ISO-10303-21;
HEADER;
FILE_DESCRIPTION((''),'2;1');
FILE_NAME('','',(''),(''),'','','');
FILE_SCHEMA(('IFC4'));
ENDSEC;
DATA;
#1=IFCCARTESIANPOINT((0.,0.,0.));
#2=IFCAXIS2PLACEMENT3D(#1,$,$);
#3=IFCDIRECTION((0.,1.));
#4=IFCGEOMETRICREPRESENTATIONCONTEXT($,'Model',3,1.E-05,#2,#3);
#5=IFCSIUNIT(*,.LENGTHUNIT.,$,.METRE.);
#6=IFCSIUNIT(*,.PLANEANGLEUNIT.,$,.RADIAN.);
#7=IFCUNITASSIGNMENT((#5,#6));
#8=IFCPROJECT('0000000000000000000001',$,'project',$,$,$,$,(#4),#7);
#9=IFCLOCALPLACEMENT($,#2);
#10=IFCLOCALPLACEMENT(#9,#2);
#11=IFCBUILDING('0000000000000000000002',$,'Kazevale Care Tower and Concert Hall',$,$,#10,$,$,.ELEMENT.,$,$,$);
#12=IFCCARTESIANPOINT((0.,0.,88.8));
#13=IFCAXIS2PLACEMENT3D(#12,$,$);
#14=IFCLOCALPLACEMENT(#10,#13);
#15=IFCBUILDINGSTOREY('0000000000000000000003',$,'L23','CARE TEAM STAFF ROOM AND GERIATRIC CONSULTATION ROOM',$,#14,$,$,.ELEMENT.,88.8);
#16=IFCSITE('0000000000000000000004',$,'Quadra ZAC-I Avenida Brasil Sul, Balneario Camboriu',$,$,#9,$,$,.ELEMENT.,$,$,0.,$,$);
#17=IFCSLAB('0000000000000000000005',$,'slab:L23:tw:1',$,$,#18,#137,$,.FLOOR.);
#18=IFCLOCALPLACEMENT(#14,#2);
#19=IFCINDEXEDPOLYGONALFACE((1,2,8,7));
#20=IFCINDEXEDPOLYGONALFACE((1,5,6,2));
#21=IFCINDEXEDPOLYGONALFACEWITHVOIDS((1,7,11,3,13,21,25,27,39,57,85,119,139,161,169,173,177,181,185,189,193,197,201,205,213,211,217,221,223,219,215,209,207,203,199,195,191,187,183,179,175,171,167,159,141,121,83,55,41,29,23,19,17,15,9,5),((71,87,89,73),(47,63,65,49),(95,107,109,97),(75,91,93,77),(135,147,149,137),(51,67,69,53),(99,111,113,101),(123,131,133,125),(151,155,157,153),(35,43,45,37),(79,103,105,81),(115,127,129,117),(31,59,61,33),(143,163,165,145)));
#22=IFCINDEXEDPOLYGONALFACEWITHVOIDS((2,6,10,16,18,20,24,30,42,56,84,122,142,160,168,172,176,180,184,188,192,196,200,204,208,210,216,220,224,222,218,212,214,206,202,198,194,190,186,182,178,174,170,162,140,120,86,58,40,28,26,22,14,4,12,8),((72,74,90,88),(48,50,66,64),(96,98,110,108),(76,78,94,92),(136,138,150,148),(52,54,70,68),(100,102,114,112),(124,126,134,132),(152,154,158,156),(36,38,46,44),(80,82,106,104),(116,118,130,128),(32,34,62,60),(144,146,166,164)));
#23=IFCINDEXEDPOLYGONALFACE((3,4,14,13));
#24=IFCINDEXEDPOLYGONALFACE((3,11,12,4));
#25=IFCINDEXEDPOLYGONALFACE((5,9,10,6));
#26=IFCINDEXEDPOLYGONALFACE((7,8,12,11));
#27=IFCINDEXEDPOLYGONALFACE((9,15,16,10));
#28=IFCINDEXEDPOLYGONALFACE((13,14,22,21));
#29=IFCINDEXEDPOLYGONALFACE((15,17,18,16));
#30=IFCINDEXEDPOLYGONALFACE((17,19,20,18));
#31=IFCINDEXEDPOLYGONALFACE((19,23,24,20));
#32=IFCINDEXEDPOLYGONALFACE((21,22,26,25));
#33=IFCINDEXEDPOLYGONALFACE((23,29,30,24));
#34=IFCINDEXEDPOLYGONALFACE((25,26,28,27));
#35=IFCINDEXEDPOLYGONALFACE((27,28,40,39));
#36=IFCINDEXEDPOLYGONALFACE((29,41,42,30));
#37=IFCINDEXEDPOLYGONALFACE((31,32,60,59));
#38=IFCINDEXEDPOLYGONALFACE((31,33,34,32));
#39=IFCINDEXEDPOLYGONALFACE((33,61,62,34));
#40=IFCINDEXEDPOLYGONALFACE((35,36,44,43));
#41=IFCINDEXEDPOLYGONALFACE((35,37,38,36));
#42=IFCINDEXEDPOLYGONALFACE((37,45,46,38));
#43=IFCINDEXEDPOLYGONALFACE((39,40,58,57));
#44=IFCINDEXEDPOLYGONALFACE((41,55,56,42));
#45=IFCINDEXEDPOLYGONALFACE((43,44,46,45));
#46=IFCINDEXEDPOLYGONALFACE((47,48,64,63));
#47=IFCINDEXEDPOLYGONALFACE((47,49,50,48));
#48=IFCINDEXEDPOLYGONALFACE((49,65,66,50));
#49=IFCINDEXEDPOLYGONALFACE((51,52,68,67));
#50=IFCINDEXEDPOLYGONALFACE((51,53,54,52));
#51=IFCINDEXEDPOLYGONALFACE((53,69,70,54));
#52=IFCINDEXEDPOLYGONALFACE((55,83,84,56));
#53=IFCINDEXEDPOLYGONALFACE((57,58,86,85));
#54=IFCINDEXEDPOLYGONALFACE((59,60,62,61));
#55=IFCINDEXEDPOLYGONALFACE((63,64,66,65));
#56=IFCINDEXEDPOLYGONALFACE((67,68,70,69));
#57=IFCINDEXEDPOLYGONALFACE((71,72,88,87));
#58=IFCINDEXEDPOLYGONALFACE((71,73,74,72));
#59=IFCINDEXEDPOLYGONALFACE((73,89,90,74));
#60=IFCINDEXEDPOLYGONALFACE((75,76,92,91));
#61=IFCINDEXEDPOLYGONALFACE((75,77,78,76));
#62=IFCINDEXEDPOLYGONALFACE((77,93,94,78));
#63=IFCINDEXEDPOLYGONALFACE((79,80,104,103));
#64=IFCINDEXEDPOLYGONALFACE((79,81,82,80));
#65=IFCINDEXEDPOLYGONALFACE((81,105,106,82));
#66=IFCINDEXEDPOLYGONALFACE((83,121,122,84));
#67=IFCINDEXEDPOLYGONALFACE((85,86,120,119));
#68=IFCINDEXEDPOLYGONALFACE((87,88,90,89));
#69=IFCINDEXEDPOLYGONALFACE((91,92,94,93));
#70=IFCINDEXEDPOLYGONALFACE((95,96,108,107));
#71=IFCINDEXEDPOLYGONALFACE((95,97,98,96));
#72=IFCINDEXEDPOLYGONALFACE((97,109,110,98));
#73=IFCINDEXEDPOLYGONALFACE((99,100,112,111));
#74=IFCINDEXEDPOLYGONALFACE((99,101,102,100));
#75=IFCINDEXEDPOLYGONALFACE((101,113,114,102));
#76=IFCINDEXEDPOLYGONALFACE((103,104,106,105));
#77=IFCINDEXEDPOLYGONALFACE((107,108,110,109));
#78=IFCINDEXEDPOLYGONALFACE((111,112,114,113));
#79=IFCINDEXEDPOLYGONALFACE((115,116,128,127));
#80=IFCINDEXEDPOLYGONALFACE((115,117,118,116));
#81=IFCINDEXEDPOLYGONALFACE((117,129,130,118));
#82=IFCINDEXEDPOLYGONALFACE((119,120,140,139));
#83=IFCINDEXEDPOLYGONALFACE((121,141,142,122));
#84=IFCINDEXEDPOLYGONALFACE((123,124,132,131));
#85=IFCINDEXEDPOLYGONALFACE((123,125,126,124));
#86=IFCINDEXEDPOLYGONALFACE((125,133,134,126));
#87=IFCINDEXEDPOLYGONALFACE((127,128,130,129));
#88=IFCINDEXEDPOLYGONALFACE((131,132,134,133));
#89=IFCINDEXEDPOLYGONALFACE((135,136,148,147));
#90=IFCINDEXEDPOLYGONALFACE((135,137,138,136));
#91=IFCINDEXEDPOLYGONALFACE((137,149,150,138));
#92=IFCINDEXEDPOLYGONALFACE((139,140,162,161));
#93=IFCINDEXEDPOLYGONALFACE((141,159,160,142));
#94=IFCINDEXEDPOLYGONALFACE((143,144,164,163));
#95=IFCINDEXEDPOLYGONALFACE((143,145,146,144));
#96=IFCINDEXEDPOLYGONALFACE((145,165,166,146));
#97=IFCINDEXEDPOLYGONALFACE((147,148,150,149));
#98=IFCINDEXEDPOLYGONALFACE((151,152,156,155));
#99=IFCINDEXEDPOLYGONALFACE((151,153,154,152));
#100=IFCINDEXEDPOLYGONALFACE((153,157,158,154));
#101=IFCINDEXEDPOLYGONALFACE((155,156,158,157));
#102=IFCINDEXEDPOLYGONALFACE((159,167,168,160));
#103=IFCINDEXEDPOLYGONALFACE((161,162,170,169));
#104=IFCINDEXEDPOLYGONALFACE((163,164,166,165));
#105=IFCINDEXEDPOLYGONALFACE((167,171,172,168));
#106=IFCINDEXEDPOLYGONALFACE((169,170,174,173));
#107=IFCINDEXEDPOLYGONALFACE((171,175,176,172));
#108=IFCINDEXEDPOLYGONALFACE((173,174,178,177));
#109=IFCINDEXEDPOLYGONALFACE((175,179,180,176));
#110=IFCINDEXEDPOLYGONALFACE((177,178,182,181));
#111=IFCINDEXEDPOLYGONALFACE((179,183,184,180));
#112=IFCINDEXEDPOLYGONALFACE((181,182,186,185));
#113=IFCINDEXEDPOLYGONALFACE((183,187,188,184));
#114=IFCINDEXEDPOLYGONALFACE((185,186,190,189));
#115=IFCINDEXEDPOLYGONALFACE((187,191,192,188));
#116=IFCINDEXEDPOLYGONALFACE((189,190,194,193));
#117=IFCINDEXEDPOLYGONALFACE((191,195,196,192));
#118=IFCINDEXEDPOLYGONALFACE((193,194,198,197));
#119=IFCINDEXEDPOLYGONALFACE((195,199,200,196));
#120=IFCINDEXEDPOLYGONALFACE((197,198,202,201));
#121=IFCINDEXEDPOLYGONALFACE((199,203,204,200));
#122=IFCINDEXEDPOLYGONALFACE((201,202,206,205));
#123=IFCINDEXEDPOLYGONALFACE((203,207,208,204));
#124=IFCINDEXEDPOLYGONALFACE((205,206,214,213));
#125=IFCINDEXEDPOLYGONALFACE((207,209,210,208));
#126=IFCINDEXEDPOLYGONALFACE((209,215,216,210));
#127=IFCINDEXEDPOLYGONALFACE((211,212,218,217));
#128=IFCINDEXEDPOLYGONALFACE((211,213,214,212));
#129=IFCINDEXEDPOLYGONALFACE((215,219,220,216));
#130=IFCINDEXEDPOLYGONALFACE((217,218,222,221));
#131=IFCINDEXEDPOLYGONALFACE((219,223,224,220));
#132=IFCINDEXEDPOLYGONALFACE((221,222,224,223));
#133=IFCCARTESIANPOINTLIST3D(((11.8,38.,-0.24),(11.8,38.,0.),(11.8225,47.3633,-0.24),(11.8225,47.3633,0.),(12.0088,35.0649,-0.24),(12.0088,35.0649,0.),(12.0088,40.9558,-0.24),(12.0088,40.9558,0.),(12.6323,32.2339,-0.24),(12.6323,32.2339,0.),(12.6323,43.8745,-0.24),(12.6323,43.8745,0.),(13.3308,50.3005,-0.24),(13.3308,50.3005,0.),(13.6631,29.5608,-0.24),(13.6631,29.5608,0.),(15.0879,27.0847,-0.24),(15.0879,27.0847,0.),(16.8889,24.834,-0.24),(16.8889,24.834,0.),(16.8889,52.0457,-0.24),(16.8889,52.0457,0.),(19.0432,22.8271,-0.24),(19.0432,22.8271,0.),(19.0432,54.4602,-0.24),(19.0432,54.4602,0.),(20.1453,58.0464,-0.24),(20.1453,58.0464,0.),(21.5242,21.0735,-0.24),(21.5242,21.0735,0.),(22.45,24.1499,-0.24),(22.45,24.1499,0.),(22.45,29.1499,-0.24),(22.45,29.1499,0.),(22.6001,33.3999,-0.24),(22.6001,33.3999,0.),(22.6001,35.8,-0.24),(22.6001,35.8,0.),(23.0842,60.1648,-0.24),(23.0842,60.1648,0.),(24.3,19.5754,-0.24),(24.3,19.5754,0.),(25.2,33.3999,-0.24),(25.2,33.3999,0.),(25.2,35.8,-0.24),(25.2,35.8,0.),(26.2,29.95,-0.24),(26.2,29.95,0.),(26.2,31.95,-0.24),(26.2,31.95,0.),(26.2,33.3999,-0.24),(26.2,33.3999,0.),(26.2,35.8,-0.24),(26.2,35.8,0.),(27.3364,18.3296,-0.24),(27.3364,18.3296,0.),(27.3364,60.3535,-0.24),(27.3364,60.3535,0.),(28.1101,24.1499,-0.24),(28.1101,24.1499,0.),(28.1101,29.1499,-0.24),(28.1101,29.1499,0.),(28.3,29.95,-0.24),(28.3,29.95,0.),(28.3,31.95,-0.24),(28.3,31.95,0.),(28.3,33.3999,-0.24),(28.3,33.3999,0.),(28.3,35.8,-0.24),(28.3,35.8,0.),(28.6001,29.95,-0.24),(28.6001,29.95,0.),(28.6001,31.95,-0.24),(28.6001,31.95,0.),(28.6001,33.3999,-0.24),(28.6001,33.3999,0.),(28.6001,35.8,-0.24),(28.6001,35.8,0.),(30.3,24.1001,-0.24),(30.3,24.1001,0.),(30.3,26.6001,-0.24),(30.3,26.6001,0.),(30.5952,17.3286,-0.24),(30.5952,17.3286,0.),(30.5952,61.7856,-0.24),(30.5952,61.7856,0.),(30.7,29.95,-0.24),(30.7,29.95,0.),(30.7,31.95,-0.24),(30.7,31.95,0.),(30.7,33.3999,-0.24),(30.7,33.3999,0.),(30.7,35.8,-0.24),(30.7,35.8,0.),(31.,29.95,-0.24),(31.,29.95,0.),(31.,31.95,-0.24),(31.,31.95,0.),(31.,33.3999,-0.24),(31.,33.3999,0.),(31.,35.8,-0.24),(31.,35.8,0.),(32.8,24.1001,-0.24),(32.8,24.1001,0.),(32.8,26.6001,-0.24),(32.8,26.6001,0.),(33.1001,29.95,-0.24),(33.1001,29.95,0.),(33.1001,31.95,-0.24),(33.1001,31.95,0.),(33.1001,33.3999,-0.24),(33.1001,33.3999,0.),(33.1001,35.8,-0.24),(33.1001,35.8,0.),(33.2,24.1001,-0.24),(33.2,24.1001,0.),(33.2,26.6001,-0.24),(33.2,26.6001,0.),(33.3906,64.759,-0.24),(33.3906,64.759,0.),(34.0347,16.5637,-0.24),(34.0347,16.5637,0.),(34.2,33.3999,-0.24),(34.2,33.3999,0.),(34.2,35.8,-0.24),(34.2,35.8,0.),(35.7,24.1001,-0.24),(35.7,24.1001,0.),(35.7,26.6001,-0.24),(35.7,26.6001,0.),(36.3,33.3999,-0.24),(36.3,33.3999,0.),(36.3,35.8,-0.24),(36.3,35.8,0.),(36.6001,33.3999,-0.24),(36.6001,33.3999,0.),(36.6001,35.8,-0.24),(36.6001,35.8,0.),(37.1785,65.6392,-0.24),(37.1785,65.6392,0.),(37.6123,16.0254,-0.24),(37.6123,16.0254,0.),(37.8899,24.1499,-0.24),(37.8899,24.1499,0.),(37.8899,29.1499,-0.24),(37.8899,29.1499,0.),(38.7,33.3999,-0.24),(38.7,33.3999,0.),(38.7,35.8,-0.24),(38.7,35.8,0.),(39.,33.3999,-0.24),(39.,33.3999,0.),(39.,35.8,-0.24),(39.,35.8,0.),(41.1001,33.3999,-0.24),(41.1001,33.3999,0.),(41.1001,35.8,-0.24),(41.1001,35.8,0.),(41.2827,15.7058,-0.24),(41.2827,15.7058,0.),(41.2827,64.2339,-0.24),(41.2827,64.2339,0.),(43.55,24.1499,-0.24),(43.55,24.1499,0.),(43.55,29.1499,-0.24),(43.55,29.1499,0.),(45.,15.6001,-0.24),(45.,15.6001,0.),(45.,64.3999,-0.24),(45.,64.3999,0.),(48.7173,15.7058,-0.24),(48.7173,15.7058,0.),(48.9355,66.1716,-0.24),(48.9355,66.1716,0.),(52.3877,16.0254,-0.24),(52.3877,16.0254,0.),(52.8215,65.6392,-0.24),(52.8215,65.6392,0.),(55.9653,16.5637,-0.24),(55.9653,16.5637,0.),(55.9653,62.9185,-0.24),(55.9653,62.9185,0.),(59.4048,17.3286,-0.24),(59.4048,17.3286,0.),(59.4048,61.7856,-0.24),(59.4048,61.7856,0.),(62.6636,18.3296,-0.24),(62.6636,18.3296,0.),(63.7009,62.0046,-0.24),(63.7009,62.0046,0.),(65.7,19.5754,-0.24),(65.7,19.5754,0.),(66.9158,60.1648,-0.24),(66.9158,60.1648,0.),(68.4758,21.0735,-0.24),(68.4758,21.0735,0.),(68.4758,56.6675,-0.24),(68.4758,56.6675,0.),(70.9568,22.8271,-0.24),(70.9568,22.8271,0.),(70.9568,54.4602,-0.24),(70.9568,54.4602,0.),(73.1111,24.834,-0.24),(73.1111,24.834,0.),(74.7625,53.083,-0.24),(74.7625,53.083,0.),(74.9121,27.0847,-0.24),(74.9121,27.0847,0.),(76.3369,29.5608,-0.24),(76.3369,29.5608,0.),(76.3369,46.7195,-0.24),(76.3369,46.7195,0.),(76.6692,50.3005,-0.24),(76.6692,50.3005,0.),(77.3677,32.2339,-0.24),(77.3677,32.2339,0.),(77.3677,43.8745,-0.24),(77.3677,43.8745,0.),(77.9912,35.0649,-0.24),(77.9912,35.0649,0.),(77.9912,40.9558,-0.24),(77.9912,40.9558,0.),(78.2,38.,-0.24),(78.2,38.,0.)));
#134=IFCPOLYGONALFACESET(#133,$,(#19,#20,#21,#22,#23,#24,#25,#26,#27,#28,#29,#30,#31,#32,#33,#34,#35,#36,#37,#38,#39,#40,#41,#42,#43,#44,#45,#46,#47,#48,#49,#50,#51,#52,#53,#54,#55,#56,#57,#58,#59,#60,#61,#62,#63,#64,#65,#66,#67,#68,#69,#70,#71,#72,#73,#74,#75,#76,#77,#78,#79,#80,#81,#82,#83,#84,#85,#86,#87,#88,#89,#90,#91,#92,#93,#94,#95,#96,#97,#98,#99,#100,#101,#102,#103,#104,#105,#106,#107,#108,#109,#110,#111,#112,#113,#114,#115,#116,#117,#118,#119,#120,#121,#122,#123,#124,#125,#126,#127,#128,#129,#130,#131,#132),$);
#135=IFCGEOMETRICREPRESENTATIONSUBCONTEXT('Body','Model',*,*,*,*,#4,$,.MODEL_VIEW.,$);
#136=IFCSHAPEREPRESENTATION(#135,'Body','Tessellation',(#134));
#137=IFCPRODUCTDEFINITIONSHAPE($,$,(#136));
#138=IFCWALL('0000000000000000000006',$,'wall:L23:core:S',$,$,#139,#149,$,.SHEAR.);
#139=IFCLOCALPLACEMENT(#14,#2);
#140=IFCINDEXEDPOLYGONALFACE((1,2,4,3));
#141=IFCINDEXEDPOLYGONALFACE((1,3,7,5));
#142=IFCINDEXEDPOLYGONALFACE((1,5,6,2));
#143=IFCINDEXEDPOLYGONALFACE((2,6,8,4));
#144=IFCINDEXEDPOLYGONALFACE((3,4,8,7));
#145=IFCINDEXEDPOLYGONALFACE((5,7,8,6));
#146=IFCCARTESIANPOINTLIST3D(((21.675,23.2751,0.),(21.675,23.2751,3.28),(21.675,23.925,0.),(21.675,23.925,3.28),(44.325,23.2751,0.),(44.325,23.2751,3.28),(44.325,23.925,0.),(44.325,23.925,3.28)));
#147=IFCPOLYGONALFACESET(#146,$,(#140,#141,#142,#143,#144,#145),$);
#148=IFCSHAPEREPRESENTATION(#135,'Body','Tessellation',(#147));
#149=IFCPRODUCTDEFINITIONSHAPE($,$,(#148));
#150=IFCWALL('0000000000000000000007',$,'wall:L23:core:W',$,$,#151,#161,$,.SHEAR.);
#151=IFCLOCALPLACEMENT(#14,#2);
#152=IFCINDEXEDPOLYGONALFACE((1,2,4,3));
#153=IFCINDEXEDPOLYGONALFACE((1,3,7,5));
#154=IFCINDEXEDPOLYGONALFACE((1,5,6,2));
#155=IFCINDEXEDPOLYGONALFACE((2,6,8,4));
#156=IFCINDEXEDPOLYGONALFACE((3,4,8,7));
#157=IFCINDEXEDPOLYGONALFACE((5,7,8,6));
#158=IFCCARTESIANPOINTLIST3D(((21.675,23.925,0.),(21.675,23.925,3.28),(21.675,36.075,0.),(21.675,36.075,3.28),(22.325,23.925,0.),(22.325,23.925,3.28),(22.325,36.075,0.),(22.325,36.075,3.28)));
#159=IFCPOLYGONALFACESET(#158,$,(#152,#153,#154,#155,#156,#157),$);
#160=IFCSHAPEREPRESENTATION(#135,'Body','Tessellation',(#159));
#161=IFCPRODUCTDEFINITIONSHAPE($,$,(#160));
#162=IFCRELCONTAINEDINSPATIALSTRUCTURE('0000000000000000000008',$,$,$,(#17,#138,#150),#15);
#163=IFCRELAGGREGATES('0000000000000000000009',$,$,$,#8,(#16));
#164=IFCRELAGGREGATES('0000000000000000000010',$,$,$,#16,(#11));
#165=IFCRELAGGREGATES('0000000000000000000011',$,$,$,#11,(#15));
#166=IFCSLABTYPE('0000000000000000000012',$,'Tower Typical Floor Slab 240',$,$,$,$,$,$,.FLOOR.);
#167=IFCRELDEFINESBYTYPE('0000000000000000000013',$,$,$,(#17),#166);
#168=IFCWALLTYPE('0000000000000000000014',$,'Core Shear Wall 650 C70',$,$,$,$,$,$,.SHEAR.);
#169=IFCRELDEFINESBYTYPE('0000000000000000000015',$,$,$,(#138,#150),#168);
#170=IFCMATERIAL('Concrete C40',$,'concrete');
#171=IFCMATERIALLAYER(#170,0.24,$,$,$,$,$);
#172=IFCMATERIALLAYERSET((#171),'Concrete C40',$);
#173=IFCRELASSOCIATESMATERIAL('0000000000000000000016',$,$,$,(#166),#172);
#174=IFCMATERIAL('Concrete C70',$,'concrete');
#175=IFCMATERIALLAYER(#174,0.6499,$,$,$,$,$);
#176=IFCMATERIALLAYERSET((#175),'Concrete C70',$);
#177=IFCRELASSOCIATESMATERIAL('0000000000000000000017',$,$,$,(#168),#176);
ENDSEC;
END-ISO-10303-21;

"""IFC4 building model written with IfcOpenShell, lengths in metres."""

from ifc_helpers import new_model, si_unit, direction, frame, frame_2d, origin, place, context, subcontext, project, spatial, polyline, rectangle, outline, extrude, material, layer, layer_set, type_object, element, save


model = new_model("IFC4")

# Units and contexts
model_context = context("Model", 3, precision=1e-05, world=origin(), true_north=direction((0.0, 1.0)))
body_context = subcontext(model_context, "Body", "Model", "MODEL_VIEW")
ifc_project = project(units=[si_unit("LENGTHUNIT", "METRE"), si_unit("PLANEANGLEUNIT", "RADIAN")], contexts=[model_context])

# Site, building, storey
site_placement = place(None, origin())
site = spatial("IfcSite", under=ifc_project, at=site_placement, Name="Quadra ZAC-I Avenida Brasil Sul, Balneario Camboriu", CompositionType="ELEMENT", RefElevation=0.0)
building_placement = place(site_placement, origin())
building = spatial("IfcBuilding", under=site, at=building_placement, Name="Kazevale Care Tower and Concert Hall", CompositionType="ELEMENT")
storey_placement = place(building_placement, frame((0.0, 0.0, 88.8)))
storey = spatial("IfcBuildingStorey", under=building, at=storey_placement, Name="L23", Description="CARE TEAM STAFF ROOM AND GERIATRIC CONSULTATION ROOM", CompositionType="ELEMENT", Elevation=88.8)

# Shared definitions
ifc_material_1 = material(Name="Concrete C70", Category="concrete")

# Shared definitions
ifc_material_2 = material(Name="Concrete C40", Category="concrete")

# Slab
ifc_layer_1 = layer(ifc_material_2, 0.24)
ifc_layer_set_1 = layer_set([ifc_layer_1], Name="Concrete C40")
slab_type_1 = type_object("IfcSlabType", Name="Tower Typical Floor Slab 240", PredefinedType="FLOOR", material=ifc_layer_set_1)
slab_1_placement = place(storey_placement, frame((0.0, 0.0, -0.24)))
element("IfcSlab", 1, at=slab_1_placement, inside=storey, type_object=slab_type_1, Name="slab:L23:tw:1", PredefinedType="FLOOR", context=body_context, shape_type="SweptSolid", body=[
    extrude(outline(polyline([(78.2, 38.0), (77.9912, 40.9558), (77.3677, 43.8745), (76.3369, 46.7195), (76.6692, 50.3005), (74.7625, 53.083), (70.9568, 54.4602), (68.4758, 56.6675), (66.9158, 60.1648), (63.7009, 62.0046), (59.4048, 61.7856), (55.9653, 62.9185), (52.8215, 65.6392), (48.9355, 66.1716), (45.0, 64.3999), (41.2827, 64.2339), (37.1785, 65.6392), (33.3906, 64.759), (30.5952, 61.7856), (27.3364, 60.3535), (23.0842, 60.1648), (20.1453, 58.0464), (19.0432, 54.4602), (16.8889, 52.0457), (13.3308, 50.3005), (11.8225, 47.3633), (12.6323, 43.8745), (12.0088, 40.9558), (11.8, 38.0), (12.0088, 35.0649), (12.6323, 32.2339), (13.6631, 29.5608), (15.0879, 27.0847), (16.8889, 24.834), (19.0432, 22.8271), (21.5242, 21.0735), (24.3, 19.5754), (27.3364, 18.3296), (30.5952, 17.3286), (34.0347, 16.5637), (37.6123, 16.0254), (41.2827, 15.7058), (45.0, 15.6001), (48.7173, 15.7058), (52.3877, 16.0254), (55.9653, 16.5637), (59.4048, 17.3286), (62.6636, 18.3296), (65.7, 19.5754), (68.4758, 21.0735), (70.9568, 22.8271), (73.1111, 24.834), (74.9121, 27.0847), (76.3369, 29.5608), (77.3677, 32.2339), (77.9912, 35.0649), (78.2, 38.0)]), holes=[polyline([(22.45, 24.1499), (28.1101, 24.1499), (28.1101, 29.1499), (22.45, 29.1499), (22.45, 24.1499)]), polyline([(37.8899, 24.1499), (43.55, 24.1499), (43.55, 29.1499), (37.8899, 29.1499), (37.8899, 24.1499)]), polyline([(30.3, 24.1001), (32.8, 24.1001), (32.8, 26.6001), (30.3, 26.6001), (30.3, 24.1001)]), polyline([(33.2, 24.1001), (35.7, 24.1001), (35.7, 26.6001), (33.2, 26.6001), (33.2, 24.1001)]), polyline([(22.6001, 33.3999), (25.2, 33.3999), (25.2, 35.8), (22.6001, 35.8), (22.6001, 33.3999)]), polyline([(26.2, 33.3999), (28.3, 33.3999), (28.3, 35.8), (26.2, 35.8), (26.2, 33.3999)]), polyline([(28.6001, 33.3999), (30.7, 33.3999), (30.7, 35.8), (28.6001, 35.8), (28.6001, 33.3999)]), polyline([(31.0, 33.3999), (33.1001, 33.3999), (33.1001, 35.8), (31.0, 35.8), (31.0, 33.3999)]), polyline([(34.2, 33.3999), (36.3, 33.3999), (36.3, 35.8), (34.2, 35.8), (34.2, 33.3999)]), polyline([(36.6001, 33.3999), (38.7, 33.3999), (38.7, 35.8), (36.6001, 35.8), (36.6001, 33.3999)]), polyline([(39.0, 33.3999), (41.1001, 33.3999), (41.1001, 35.8), (39.0, 35.8), (39.0, 33.3999)]), polyline([(26.2, 29.95), (28.3, 29.95), (28.3, 31.95), (26.2, 31.95), (26.2, 29.95)]), polyline([(28.6001, 29.95), (30.7, 29.95), (30.7, 31.95), (28.6001, 31.95), (28.6001, 29.95)]), polyline([(31.0, 29.95), (33.1001, 29.95), (33.1001, 31.95), (31.0, 31.95), (31.0, 29.95)])]), origin(), (0.0, 0.0, 1.0), 0.24),
])

# Walls
ifc_layer_2 = layer(ifc_material_1, 0.6499)
ifc_layer_set_2 = layer_set([ifc_layer_2], Name="Concrete C70")
wall_type_1 = type_object("IfcWallType", Name="Core Shear Wall 650 C70", PredefinedType="SHEAR", material=ifc_layer_set_2)
wall_1_placement = place(storey_placement, frame((21.675, 23.6001, 0.0), z_axis=(0.0, 0.0, 1.0), x_axis=(1.0, 0.0, 0.0)))
element("IfcWall", 2, at=wall_1_placement, inside=storey, type_object=wall_type_1, Name="wall:L23:core:S", PredefinedType="SHEAR", context=body_context, shape_type="SweptSolid", body=[
    extrude(rectangle(XDim=22.6499, YDim=0.6499, at=frame_2d((11.325, 0.0))), origin(), (0.0, 0.0, 1.0), 3.28),
])
wall_2_placement = place(storey_placement, frame((22.0, 23.925, 0.0), z_axis=(0.0, 0.0, 1.0), x_axis=(0.0, 1.0, 0.0)))
element("IfcWall", 3, at=wall_2_placement, inside=storey, type_object=wall_type_1, Name="wall:L23:core:W", PredefinedType="SHEAR", context=body_context, shape_type="SweptSolid", body=[
    extrude(rectangle(XDim=12.1499, YDim=0.6499, at=frame_2d((6.075, 0.0))), origin(), (0.0, 0.0, 1.0), 3.28),
])

save(model, "model.ifc")
